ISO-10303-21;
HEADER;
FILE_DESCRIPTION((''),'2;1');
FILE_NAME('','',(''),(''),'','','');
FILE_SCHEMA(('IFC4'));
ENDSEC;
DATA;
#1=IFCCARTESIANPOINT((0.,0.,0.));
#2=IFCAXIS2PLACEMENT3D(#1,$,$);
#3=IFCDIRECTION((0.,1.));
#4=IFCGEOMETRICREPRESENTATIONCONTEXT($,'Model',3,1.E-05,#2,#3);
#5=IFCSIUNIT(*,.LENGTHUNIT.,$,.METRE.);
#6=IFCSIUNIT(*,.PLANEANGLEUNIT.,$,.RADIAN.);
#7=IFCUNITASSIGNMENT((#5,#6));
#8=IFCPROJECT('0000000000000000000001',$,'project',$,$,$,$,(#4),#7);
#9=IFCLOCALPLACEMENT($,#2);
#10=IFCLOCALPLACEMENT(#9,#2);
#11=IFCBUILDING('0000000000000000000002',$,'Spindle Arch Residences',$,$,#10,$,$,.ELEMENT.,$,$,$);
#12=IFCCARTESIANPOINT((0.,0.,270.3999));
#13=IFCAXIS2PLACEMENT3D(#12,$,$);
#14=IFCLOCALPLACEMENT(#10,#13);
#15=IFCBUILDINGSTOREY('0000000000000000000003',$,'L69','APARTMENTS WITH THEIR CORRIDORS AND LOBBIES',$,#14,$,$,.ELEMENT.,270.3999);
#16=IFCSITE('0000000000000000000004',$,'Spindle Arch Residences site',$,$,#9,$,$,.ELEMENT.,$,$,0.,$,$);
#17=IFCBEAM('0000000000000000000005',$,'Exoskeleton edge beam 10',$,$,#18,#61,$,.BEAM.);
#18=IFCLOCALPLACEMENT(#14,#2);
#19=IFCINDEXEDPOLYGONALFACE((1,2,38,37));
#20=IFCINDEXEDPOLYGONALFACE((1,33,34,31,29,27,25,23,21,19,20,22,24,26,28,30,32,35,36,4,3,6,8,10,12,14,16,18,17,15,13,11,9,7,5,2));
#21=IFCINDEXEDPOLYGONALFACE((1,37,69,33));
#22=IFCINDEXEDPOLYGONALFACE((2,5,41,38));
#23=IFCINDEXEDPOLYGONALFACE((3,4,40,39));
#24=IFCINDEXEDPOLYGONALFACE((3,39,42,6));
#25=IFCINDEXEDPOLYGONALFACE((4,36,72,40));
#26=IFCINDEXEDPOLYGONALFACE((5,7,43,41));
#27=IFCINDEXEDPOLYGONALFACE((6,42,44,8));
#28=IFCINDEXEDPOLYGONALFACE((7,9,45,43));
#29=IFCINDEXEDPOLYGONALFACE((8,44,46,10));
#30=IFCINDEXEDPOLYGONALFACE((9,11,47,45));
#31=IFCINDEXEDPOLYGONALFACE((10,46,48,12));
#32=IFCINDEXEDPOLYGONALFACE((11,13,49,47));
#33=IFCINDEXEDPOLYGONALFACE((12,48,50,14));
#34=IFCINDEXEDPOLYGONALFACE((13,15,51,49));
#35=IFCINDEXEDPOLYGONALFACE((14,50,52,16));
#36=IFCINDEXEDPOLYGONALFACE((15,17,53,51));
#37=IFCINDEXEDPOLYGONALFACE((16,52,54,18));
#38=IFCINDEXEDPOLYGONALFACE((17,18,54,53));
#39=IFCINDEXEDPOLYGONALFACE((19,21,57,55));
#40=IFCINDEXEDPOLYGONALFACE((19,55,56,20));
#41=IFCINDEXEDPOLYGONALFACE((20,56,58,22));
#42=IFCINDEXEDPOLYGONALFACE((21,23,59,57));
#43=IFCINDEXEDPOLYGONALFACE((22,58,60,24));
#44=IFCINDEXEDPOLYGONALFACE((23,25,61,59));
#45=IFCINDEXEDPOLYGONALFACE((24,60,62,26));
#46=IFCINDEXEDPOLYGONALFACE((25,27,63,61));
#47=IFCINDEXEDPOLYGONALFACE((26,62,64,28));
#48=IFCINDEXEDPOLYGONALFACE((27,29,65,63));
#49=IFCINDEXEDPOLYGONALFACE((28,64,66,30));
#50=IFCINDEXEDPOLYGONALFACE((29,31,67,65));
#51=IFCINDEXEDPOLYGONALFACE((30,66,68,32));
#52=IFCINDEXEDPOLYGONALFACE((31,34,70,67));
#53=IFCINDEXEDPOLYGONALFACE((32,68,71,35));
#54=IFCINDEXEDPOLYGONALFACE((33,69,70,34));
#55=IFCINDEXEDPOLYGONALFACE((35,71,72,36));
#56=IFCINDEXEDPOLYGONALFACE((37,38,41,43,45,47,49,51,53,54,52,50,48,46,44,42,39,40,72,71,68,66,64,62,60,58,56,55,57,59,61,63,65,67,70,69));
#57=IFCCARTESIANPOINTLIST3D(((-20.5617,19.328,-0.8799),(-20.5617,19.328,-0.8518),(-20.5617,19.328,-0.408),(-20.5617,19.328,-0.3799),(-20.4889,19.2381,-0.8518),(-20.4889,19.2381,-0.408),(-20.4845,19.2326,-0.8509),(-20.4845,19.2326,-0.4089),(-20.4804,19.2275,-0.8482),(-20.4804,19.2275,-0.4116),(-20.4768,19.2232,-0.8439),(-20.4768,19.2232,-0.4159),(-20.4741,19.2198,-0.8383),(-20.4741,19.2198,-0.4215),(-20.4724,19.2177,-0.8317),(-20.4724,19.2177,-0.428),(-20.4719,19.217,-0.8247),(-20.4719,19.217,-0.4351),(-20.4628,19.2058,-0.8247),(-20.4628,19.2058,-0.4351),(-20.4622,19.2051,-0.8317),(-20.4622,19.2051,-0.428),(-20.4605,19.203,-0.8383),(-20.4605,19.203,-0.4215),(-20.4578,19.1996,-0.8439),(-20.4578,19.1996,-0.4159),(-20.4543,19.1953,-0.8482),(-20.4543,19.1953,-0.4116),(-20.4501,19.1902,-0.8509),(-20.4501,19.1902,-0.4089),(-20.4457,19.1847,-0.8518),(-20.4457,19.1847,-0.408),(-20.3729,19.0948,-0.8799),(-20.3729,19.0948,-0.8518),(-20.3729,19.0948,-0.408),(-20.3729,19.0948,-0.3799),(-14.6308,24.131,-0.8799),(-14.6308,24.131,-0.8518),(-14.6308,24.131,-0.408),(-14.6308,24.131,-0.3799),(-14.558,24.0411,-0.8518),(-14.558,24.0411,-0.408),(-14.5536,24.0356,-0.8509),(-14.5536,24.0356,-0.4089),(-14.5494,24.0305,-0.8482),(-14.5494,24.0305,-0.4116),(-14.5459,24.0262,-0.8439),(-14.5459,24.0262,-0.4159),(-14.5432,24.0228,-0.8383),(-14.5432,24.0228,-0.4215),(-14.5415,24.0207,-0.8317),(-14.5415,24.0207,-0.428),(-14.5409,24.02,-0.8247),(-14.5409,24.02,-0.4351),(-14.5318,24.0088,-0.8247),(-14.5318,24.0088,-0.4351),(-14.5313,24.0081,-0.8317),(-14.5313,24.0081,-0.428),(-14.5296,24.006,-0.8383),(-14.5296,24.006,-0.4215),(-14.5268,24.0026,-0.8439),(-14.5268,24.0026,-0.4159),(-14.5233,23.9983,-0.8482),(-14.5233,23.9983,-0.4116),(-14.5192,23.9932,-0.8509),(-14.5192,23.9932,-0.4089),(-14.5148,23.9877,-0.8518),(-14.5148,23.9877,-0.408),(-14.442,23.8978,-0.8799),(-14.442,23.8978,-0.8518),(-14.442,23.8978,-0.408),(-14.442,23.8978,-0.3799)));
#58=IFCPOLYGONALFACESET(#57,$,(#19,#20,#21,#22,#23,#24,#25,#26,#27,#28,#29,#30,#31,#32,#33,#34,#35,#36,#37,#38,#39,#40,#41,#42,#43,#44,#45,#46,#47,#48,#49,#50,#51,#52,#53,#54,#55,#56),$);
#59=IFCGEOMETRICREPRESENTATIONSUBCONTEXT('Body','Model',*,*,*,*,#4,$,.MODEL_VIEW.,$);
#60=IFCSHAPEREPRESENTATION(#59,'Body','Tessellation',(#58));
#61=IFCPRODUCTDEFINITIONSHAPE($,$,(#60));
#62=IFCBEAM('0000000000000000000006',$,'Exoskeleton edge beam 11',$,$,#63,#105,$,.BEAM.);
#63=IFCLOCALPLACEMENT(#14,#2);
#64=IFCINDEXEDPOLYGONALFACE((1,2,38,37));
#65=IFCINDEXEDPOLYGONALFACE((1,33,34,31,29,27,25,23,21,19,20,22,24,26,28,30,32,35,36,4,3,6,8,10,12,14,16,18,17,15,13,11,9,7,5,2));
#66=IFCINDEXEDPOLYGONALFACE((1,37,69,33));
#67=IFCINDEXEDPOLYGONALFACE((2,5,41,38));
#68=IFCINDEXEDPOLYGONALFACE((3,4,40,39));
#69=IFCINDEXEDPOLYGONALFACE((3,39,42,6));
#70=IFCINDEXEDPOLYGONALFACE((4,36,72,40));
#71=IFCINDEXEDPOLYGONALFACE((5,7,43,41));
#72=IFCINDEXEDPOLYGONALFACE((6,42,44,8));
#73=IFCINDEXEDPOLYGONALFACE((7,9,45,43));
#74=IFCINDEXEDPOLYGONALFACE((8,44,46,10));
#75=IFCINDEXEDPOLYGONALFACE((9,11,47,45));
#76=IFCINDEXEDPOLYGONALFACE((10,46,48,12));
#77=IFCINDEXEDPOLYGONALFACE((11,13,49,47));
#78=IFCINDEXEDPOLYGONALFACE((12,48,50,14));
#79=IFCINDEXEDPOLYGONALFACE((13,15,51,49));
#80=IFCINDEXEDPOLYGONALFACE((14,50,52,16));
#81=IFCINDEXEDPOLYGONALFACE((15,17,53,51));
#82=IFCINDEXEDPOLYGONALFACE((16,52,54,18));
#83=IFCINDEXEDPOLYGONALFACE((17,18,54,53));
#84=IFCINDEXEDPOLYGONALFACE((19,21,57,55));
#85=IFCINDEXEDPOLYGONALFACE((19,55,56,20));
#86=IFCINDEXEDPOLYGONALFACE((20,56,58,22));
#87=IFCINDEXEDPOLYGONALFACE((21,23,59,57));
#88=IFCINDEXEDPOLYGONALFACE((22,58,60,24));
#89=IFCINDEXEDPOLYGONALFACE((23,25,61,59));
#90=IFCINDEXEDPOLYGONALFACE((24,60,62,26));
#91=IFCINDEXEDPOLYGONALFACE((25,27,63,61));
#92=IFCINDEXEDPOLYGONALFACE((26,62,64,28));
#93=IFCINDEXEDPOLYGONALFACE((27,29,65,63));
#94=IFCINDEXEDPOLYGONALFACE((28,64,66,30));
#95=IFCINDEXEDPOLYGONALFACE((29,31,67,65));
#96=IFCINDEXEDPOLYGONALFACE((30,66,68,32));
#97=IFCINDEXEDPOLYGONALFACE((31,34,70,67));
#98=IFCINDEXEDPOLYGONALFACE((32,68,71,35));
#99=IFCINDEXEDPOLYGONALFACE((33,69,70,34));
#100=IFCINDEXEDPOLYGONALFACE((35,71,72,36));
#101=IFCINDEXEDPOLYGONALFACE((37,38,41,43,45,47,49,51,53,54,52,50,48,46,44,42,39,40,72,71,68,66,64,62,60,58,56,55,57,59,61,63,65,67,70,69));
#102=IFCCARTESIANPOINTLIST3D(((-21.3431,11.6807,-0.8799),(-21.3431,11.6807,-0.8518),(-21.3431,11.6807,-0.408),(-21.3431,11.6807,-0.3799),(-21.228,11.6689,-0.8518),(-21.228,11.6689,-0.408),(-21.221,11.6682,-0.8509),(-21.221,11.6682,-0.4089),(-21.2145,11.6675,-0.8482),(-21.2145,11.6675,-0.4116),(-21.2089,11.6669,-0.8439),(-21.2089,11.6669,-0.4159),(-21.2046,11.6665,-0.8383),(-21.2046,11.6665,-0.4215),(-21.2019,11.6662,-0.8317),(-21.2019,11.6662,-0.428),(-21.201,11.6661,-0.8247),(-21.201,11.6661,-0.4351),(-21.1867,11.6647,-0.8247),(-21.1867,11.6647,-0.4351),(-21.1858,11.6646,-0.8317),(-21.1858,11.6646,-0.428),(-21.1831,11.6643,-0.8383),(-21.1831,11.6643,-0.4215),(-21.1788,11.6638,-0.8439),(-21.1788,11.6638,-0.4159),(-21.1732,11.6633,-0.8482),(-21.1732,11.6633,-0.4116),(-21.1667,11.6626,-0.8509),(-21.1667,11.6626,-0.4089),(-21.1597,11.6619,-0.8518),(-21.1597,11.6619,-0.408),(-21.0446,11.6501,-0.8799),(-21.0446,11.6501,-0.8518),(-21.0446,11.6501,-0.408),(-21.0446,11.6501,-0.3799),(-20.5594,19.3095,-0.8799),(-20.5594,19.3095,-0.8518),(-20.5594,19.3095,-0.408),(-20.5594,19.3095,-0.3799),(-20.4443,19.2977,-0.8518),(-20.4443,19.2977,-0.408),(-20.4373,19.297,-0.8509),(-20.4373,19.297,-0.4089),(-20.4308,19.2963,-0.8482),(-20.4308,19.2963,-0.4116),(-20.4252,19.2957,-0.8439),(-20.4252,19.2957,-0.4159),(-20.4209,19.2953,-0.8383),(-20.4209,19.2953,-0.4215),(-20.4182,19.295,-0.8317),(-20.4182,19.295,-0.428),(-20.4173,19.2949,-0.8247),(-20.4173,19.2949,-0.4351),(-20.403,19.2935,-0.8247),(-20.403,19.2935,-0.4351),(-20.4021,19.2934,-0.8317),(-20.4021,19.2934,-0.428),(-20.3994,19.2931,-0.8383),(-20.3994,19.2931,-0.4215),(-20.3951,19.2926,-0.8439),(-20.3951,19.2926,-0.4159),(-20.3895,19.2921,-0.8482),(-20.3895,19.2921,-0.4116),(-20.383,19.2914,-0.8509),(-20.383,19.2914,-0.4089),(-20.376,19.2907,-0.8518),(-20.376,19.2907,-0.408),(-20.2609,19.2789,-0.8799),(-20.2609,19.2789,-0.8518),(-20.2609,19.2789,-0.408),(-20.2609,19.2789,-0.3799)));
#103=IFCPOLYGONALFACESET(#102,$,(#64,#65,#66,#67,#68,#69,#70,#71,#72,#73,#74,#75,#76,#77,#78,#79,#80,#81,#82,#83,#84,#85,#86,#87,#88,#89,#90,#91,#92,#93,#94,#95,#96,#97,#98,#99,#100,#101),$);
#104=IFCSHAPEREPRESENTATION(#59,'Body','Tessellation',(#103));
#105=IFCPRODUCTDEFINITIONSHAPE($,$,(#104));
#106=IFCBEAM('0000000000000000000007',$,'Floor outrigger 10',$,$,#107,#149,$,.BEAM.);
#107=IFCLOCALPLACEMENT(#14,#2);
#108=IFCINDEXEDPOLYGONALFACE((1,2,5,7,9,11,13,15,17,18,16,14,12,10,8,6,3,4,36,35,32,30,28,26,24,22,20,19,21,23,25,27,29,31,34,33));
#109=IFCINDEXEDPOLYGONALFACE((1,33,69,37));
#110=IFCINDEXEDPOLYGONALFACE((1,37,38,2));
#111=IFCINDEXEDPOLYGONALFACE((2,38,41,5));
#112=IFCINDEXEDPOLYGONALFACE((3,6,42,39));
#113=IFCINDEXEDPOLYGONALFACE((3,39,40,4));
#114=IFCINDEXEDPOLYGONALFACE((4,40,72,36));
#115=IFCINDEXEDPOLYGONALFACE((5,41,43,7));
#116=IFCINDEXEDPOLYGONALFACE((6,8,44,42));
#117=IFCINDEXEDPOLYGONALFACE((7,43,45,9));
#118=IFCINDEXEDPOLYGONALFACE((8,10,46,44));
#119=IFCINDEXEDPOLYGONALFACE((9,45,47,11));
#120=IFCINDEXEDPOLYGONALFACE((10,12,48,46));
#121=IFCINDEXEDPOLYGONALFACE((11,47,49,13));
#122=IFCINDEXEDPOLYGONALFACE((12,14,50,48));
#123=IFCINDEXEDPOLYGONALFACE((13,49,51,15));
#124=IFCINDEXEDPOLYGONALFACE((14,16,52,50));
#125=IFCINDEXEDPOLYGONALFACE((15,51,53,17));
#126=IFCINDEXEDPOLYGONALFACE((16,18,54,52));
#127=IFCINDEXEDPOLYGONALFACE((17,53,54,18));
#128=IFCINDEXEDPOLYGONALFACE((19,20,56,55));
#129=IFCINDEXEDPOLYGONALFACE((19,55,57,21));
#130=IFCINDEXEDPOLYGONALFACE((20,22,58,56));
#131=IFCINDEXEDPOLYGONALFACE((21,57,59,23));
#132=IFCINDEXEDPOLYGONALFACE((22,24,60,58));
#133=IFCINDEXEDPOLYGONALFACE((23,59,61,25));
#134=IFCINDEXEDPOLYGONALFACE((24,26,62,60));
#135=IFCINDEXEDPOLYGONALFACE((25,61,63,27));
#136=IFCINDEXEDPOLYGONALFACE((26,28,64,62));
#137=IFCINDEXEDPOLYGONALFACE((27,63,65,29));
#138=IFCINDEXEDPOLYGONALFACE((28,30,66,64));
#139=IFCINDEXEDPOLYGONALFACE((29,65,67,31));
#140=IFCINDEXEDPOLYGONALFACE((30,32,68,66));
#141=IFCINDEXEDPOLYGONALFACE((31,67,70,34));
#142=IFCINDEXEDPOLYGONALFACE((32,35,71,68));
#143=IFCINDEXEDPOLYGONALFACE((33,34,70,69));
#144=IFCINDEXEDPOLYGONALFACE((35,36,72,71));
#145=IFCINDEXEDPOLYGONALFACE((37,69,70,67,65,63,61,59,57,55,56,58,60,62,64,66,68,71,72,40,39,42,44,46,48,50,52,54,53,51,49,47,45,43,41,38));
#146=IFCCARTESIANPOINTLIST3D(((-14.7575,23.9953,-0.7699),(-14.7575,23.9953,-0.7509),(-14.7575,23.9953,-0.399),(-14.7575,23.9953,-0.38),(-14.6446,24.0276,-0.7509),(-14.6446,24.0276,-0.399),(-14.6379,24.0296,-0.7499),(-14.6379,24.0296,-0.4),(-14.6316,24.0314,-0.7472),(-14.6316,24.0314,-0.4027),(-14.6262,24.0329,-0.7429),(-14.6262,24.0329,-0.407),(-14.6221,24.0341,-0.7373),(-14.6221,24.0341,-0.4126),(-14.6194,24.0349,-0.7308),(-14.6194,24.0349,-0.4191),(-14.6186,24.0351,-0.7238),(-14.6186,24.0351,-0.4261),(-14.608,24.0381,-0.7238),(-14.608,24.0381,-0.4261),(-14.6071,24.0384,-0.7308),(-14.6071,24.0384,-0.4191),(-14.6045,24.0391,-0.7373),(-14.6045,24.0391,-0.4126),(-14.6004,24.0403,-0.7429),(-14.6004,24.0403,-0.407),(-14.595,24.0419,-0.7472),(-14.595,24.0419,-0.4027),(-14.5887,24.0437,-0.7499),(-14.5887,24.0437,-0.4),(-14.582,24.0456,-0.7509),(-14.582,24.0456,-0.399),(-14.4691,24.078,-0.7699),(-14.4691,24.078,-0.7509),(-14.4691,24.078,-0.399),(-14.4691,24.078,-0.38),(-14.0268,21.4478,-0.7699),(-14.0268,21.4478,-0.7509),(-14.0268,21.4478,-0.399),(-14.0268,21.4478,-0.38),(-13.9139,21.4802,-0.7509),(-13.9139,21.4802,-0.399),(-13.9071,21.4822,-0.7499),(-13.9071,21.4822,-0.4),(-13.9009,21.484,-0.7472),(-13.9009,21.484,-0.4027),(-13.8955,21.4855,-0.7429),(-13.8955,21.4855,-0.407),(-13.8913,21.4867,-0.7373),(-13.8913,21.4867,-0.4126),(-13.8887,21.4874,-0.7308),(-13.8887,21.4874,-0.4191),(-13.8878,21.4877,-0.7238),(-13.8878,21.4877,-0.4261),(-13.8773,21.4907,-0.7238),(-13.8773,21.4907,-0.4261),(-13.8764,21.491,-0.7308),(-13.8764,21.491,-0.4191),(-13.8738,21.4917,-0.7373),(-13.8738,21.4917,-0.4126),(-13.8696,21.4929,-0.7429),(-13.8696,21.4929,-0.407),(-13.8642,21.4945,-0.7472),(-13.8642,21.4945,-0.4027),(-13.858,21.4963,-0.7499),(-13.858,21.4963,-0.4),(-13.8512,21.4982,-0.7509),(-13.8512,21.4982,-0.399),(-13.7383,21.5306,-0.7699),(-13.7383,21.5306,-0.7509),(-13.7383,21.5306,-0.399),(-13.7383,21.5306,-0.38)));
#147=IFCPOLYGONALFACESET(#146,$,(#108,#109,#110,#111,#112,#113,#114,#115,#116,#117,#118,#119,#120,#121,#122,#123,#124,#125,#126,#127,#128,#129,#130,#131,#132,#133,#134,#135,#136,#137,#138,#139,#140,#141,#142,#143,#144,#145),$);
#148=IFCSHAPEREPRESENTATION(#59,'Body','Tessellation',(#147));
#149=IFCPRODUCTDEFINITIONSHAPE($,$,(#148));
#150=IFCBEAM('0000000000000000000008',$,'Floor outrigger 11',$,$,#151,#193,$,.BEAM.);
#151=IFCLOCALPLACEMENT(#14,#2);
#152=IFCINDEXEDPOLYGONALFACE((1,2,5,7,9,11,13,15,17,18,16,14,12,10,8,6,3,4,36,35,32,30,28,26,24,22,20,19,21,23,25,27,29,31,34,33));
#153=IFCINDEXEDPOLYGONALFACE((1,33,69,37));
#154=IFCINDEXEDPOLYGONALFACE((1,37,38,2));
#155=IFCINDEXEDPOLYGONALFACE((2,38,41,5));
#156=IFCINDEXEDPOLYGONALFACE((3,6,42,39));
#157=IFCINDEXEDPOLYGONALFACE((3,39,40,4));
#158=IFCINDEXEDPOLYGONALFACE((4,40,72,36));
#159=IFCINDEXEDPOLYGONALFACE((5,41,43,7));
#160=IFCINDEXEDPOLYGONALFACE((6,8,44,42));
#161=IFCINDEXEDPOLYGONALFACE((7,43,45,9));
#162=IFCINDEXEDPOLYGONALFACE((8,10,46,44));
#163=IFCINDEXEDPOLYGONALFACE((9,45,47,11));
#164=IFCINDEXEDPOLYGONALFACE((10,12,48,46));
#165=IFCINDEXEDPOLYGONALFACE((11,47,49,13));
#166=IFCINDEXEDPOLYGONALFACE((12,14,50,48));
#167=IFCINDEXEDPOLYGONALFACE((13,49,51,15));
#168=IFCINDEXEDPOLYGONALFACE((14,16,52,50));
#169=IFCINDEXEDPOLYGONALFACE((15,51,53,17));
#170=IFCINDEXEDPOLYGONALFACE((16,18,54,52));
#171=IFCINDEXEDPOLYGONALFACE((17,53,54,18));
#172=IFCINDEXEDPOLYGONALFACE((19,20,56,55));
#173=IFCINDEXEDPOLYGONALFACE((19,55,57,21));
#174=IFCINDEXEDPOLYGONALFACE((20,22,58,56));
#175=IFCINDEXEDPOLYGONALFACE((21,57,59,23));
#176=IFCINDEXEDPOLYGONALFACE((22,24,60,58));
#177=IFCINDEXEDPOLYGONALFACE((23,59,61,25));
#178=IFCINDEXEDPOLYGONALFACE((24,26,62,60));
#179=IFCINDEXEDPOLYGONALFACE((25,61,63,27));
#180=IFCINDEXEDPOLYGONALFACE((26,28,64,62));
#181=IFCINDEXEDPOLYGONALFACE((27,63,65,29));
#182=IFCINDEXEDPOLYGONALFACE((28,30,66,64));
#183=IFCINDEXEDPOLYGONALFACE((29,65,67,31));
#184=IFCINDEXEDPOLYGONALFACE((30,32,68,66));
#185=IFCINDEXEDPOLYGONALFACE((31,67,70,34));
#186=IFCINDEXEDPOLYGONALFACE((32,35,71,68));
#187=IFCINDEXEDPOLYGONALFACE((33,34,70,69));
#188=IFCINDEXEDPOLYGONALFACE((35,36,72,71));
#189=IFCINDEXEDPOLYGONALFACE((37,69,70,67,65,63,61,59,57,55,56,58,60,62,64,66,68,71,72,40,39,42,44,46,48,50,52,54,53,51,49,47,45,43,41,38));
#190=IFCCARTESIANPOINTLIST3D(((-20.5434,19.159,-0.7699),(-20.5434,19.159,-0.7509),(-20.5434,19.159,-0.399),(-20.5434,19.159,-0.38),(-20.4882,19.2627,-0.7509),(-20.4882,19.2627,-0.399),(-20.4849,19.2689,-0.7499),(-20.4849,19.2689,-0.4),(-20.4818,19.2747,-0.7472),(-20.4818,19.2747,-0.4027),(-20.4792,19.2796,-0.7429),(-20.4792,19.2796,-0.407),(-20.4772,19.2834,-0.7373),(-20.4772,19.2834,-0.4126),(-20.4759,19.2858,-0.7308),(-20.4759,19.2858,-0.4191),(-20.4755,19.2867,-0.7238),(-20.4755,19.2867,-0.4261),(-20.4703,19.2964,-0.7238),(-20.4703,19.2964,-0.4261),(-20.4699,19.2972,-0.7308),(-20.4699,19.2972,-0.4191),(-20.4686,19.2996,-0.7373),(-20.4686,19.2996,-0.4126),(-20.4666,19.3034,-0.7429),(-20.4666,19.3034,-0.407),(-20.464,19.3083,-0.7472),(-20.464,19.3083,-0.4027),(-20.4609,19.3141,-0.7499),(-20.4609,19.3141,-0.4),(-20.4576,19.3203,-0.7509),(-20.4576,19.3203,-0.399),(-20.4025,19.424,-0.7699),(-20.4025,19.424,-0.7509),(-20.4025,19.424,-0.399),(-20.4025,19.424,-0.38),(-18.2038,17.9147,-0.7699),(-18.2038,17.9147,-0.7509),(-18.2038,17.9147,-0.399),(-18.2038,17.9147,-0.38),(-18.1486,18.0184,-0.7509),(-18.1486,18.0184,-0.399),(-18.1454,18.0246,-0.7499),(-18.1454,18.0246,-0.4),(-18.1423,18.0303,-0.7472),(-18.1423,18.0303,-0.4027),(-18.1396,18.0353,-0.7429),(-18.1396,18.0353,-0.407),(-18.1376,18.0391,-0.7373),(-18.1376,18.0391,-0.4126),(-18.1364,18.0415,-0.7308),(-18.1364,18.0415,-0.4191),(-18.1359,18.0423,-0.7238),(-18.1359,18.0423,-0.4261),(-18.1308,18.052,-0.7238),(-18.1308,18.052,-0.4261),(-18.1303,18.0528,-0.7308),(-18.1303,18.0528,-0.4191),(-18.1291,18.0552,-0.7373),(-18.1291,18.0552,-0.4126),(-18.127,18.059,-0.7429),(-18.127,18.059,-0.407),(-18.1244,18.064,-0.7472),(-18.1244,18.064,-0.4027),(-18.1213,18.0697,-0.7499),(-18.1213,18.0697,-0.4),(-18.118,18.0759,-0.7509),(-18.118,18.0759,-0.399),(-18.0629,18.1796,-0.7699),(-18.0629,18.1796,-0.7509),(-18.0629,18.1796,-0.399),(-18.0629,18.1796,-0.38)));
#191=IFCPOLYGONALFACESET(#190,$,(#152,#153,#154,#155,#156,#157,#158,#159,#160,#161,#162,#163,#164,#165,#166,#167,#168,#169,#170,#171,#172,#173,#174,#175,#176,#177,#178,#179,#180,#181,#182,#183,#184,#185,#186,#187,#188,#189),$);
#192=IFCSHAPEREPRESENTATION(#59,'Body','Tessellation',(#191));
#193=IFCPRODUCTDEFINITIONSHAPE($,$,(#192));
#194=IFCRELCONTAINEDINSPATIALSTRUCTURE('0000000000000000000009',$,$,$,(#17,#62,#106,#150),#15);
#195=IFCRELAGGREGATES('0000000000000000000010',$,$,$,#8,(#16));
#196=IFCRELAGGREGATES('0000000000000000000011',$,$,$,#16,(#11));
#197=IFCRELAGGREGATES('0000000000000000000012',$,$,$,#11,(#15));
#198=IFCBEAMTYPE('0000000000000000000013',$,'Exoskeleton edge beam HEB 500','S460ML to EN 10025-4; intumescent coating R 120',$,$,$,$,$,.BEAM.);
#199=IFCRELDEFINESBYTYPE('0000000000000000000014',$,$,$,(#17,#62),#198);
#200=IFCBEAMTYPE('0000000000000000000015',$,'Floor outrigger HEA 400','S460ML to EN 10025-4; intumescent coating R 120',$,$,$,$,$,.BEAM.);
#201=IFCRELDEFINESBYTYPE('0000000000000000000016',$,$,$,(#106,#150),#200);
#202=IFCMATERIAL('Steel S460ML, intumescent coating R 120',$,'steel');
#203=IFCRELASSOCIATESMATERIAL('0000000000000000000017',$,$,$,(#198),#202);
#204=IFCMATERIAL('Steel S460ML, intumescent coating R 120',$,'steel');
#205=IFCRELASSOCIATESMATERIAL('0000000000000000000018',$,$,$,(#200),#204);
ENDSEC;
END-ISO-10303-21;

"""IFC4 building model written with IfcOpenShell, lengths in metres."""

from ifc_helpers import new_model, si_unit, direction, frame, origin, origin_2d, place, context, subcontext, project, spatial, i_section, extrude, material, material_profile, profile_set, type_object, element, save


model = new_model("IFC4")

# Units and contexts
model_context = context("Model", 3, precision=1e-05, world=origin(), true_north=direction((0.0, 1.0)))
body_context = subcontext(model_context, "Body", "Model", "MODEL_VIEW")
ifc_project = project(units=[si_unit("LENGTHUNIT", "METRE"), si_unit("PLANEANGLEUNIT", "RADIAN")], contexts=[model_context])

# Site, building, storey
site_placement = place(None, origin())
site = spatial("IfcSite", under=ifc_project, at=site_placement, Name="Spindle Arch Residences site", CompositionType="ELEMENT", RefElevation=0.0)
building_placement = place(site_placement, origin())
building = spatial("IfcBuilding", under=site, at=building_placement, Name="Spindle Arch Residences", CompositionType="ELEMENT")
storey_placement = place(building_placement, frame((0.0, 0.0, 270.3999)))
storey = spatial("IfcBuildingStorey", under=building, at=storey_placement, Name="L69", Description="APARTMENTS WITH THEIR CORRIDORS AND LOBBIES", CompositionType="ELEMENT", Elevation=270.3999)

# Beams
ifc_material_1 = material(Name="Steel S460ML, intumescent coating R 120", Category="steel")
ifc_material_profile_1 = material_profile(ifc_material_1, i_section(OverallWidth=0.3, OverallDepth=0.5, WebThickness=0.0144, FlangeThickness=0.0281, FilletRadius=0.0271, at=origin_2d()), Name="HEB 500")
ifc_profile_set_1 = profile_set([ifc_material_profile_1], Name="Steel S460ML, intumescent coating R 120")
beam_type_1 = type_object("IfcBeamType", Name="Exoskeleton edge beam HEB 500", Description="S460ML to EN 10025-4; intumescent coating R 120", PredefinedType="BEAM", material=ifc_profile_set_1)
beam_1_placement = place(storey_placement, frame((-14.5364, 24.0144, -0.6299), z_axis=(-0.777132, -0.629338, 0.0), x_axis=(0.629338, -0.777132, 0.0)))
element("IfcBeam", 1, at=beam_1_placement, inside=storey, type_object=beam_type_1, Name="Exoskeleton edge beam 10", PredefinedType="BEAM", context=body_context, shape_type="SweptSolid", body=[
    extrude(i_section(OverallWidth=0.3, OverallDepth=0.5, WebThickness=0.0144, FlangeThickness=0.0281, FilletRadius=0.0271, at=origin_2d()), origin(), (0.0, 0.0, 1.0), 7.6318),
])
beam_2_placement = place(storey_placement, frame((-20.4102, 19.2942, -0.6299), z_axis=(-0.102189, -0.994765, 0.0), x_axis=(0.994765, -0.102189, 0.0)))
element("IfcBeam", 2, at=beam_2_placement, inside=storey, type_object=beam_type_1, Name="Exoskeleton edge beam 11", PredefinedType="BEAM", context=body_context, shape_type="SweptSolid", body=[
    extrude(i_section(OverallWidth=0.3, OverallDepth=0.5, WebThickness=0.0144, FlangeThickness=0.0281, FilletRadius=0.0271, at=origin_2d()), origin(), (0.0, 0.0, 1.0), 7.6689),
])
ifc_material_2 = material(Name="Steel S460ML, intumescent coating R 120", Category="steel")
ifc_material_profile_2 = material_profile(ifc_material_2, i_section(OverallWidth=0.3, OverallDepth=0.3899, WebThickness=0.011, FlangeThickness=0.019, FilletRadius=0.0271, at=origin_2d()), Name="HEA 400")
ifc_profile_set_2 = profile_set([ifc_material_profile_2], Name="Steel S460ML, intumescent coating R 120")
beam_type_2 = type_object("IfcBeamType", Name="Floor outrigger HEA 400", Description="S460ML to EN 10025-4; intumescent coating R 120", PredefinedType="BEAM", material=ifc_profile_set_2)
beam_3_placement = place(storey_placement, frame((-14.6133, 24.0366, -0.575), z_axis=(0.275731, -0.961235, 0.0), x_axis=(0.961235, 0.275731, 0.0)))
element("IfcBeam", 3, at=beam_3_placement, inside=storey, type_object=beam_type_2, Name="Floor outrigger 10", PredefinedType="BEAM", context=body_context, shape_type="SweptSolid", body=[
    extrude(i_section(OverallWidth=0.3, OverallDepth=0.3899, WebThickness=0.011, FlangeThickness=0.019, FilletRadius=0.0271, at=origin_2d()), origin(), (0.0, 0.0, 1.0), 2.6501),
])
beam_4_placement = place(storey_placement, frame((-20.4729, 19.2915, -0.575), z_axis=(0.882885, -0.469589, 0.0), x_axis=(0.469589, 0.882885, 0.0)))
element("IfcBeam", 4, at=beam_4_placement, inside=storey, type_object=beam_type_2, Name="Floor outrigger 11", PredefinedType="BEAM", context=body_context, shape_type="SweptSolid", body=[
    extrude(i_section(OverallWidth=0.3, OverallDepth=0.3899, WebThickness=0.011, FlangeThickness=0.019, FilletRadius=0.0271, at=origin_2d()), origin(), (0.0, 0.0, 1.0), 2.6499),
])

save(model, "model.ifc")
